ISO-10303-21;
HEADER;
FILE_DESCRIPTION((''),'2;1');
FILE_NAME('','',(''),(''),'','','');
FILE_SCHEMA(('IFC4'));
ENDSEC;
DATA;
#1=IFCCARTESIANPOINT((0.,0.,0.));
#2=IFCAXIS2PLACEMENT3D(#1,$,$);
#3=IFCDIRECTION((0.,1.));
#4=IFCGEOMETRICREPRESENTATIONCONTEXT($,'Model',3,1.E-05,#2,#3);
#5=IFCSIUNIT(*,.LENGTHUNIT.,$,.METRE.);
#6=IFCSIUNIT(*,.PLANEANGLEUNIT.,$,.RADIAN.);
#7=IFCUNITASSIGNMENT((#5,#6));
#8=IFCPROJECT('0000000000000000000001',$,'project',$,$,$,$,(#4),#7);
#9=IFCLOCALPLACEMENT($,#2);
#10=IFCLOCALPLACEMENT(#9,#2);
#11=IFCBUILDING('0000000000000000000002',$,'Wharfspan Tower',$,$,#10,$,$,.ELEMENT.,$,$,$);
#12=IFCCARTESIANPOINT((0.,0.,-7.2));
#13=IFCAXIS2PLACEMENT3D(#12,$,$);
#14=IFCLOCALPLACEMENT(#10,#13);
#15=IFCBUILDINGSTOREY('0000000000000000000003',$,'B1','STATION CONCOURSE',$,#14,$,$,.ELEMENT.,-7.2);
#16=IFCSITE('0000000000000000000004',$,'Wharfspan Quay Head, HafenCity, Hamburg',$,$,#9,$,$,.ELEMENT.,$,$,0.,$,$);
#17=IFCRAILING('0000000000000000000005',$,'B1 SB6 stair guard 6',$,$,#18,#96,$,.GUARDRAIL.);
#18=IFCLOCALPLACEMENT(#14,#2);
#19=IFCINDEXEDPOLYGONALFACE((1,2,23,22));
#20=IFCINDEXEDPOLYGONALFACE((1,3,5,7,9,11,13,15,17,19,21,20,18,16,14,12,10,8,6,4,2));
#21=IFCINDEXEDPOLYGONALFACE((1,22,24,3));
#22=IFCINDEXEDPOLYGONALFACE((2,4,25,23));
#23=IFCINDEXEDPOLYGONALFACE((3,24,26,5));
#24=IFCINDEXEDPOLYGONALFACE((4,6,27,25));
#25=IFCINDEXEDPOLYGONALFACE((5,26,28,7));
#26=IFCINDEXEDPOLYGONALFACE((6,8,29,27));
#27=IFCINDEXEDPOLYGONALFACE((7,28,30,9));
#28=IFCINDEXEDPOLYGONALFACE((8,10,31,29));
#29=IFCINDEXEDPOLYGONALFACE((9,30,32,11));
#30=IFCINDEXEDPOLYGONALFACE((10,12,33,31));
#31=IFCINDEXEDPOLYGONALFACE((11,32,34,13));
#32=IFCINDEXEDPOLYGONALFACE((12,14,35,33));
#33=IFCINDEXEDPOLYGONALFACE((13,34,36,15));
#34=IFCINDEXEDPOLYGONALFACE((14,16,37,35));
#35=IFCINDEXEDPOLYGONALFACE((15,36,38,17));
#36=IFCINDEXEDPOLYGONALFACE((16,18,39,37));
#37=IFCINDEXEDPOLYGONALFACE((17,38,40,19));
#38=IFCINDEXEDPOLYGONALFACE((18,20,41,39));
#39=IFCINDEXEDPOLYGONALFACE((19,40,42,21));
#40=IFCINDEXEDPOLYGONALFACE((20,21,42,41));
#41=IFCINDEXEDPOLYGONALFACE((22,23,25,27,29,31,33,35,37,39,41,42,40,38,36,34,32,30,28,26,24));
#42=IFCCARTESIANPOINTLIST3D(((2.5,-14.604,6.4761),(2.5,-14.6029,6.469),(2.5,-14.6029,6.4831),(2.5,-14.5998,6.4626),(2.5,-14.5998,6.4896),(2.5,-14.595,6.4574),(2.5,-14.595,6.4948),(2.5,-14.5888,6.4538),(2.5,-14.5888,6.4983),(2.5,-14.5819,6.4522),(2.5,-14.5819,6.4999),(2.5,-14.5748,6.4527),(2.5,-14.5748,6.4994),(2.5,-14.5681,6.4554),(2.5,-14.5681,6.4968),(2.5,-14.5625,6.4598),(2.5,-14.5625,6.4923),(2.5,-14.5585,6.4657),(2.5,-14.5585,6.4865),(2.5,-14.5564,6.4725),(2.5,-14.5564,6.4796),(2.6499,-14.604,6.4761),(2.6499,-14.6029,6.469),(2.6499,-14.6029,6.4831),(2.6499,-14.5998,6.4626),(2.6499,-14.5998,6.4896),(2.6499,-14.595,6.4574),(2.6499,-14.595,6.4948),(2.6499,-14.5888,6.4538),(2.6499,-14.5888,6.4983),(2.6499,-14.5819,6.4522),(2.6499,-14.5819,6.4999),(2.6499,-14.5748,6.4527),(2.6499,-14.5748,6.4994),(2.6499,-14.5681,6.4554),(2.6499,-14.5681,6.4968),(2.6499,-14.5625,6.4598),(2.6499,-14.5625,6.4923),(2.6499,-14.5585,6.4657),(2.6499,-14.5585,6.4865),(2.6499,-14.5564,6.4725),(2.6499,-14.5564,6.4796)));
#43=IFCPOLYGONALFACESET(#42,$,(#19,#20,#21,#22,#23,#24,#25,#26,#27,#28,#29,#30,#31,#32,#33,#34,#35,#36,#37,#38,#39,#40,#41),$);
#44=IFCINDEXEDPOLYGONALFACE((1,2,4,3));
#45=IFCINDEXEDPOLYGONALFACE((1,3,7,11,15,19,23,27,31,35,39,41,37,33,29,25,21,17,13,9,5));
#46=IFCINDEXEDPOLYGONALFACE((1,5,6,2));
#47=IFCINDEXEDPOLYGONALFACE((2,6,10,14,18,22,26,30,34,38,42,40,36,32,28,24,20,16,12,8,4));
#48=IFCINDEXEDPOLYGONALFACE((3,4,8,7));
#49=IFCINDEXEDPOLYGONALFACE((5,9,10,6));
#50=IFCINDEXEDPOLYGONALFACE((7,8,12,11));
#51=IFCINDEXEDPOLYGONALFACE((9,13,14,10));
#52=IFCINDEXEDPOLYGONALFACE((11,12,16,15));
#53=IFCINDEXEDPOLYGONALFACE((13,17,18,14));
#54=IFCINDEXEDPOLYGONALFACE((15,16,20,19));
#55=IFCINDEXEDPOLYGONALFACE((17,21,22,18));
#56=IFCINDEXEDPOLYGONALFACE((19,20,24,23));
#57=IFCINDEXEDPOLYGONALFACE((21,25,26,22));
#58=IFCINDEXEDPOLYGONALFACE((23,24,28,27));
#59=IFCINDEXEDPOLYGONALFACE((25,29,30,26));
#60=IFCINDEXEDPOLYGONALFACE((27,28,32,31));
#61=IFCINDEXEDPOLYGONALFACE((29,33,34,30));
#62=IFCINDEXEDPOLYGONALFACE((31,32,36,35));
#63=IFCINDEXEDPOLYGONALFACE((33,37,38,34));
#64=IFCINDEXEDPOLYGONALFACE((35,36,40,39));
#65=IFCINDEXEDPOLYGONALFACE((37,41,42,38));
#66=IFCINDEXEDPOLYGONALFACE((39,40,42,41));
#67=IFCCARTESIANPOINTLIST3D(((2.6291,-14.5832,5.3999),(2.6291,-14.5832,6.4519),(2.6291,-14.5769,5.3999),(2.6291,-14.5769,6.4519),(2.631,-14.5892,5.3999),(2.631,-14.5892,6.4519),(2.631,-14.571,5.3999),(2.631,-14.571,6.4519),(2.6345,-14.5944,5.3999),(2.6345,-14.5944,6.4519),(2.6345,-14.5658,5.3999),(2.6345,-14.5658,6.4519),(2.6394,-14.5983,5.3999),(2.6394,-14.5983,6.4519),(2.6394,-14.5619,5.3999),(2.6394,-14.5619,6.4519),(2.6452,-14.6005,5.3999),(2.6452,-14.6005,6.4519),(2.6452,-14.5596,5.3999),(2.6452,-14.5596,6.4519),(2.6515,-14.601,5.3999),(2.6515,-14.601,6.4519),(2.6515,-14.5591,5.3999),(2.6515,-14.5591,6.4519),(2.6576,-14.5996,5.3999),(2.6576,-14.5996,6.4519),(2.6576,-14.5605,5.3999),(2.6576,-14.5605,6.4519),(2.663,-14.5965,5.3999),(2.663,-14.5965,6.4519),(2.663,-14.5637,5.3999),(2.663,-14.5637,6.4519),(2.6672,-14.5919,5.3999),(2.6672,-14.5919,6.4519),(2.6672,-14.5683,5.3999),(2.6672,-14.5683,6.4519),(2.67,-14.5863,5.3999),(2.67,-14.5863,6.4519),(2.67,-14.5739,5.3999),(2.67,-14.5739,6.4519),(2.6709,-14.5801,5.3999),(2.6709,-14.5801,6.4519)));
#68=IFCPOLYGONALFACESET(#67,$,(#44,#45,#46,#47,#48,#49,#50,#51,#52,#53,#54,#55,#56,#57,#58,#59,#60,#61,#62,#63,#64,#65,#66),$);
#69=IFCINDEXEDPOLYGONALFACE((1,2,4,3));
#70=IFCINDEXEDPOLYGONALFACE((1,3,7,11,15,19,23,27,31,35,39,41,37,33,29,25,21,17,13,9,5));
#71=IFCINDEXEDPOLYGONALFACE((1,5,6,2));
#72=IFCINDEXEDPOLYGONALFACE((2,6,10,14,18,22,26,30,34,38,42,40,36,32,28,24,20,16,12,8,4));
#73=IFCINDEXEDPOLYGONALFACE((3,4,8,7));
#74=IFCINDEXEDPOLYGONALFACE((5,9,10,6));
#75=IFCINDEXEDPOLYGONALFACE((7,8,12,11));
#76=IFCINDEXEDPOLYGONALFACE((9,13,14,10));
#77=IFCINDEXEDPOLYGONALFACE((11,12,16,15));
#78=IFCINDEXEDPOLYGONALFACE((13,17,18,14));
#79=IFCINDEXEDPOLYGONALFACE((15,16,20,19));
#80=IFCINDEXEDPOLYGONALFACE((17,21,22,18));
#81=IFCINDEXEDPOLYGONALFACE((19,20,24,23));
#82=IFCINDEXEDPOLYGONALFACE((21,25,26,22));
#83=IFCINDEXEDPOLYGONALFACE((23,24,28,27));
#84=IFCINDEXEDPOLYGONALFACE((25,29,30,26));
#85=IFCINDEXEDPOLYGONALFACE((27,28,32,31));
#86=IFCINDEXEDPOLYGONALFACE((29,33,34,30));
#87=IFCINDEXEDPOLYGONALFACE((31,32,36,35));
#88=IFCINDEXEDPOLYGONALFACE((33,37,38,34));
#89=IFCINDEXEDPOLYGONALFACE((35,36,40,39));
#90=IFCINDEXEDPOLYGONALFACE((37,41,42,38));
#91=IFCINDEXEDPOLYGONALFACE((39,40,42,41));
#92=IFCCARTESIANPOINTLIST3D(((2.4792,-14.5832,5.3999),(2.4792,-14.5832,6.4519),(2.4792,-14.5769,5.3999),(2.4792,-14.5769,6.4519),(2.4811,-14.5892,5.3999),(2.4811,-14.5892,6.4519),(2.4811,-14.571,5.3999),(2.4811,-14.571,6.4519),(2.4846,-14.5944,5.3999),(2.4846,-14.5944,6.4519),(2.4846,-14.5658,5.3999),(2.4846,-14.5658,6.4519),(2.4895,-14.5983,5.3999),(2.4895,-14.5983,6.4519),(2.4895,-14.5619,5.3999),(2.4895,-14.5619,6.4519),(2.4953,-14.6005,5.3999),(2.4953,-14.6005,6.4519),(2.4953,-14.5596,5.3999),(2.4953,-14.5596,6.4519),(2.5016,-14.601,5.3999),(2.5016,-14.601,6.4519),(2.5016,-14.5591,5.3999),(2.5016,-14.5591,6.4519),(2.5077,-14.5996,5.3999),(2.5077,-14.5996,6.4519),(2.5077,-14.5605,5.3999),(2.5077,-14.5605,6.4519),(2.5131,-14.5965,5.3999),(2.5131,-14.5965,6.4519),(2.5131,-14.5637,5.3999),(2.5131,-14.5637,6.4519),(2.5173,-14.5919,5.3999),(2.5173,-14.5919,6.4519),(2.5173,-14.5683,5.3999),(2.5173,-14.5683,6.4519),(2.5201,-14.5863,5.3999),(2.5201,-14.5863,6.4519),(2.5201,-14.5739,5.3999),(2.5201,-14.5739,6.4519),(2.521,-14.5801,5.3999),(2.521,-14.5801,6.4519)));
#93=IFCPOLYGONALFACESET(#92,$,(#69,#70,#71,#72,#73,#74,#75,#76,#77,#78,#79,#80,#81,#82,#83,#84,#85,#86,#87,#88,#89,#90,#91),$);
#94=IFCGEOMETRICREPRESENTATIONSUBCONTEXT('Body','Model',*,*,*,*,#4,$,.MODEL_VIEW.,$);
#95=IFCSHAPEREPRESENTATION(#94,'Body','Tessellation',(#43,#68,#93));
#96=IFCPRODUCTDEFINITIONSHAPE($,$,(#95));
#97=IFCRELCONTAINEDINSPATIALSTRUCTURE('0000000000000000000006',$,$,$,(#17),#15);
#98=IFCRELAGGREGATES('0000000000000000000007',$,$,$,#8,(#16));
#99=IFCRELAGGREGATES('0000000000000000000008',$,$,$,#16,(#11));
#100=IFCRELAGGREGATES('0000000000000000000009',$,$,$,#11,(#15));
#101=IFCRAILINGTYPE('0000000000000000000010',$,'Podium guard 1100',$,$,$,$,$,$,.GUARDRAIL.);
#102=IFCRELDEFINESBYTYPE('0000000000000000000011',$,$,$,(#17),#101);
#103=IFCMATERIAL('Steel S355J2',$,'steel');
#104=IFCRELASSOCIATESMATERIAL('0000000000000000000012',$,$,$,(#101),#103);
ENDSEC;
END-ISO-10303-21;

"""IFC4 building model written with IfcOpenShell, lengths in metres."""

from ifc_helpers import new_model, si_unit, direction, frame, origin, origin_2d, place, context, subcontext, project, spatial, circle, extrude, material, type_object, element, save


model = new_model("IFC4")

# Units and contexts
model_context = context("Model", 3, precision=1e-05, world=origin(), true_north=direction((0.0, 1.0)))
body_context = subcontext(model_context, "Body", "Model", "MODEL_VIEW")
ifc_project = project(units=[si_unit("LENGTHUNIT", "METRE"), si_unit("PLANEANGLEUNIT", "RADIAN")], contexts=[model_context])

# Site, building, storey
site_placement = place(None, origin())
site = spatial("IfcSite", under=ifc_project, at=site_placement, Name="Wharfspan Quay Head, HafenCity, Hamburg", CompositionType="ELEMENT", RefElevation=0.0)
building_placement = place(site_placement, origin())
building = spatial("IfcBuilding", under=site, at=building_placement, Name="Wharfspan Tower", CompositionType="ELEMENT")
storey_placement = place(building_placement, frame((0.0, 0.0, -7.2)))
storey = spatial("IfcBuildingStorey", under=building, at=storey_placement, Name="B1", Description="STATION CONCOURSE", CompositionType="ELEMENT", Elevation=-7.2)

# Railing
ifc_material_1 = material(Name="Steel S355J2", Category="steel")
railing_type = type_object("IfcRailingType", Name="Podium guard 1100", PredefinedType="GUARDRAIL", material=ifc_material_1)
railing_1_placement = place(storey_placement, frame((2.6499, -14.5801, 5.3999)))
element("IfcRailing", 1, at=railing_1_placement, inside=storey, type_object=railing_type, Name="B1 SB6 stair guard 6", PredefinedType="GUARDRAIL", context=body_context, shape_type="SweptSolid", body=[
    extrude(circle(Radius=0.0239, at=origin_2d()), frame((0.0, 0.0, 1.0762), z_axis=(-1.0, 0.0, 0.0), x_axis=(0.0, -1.0, 0.0)), (0.0, 0.0, 1.0), 0.1499),
    extrude(circle(Radius=0.021, at=origin_2d()), origin(), (0.0, 0.0, 1.0), 1.052),
    extrude(circle(Radius=0.021, at=origin_2d()), frame((-0.1499, 0.0, 0.0)), (0.0, 0.0, 1.0), 1.052),
])

save(model, "model.ifc")
